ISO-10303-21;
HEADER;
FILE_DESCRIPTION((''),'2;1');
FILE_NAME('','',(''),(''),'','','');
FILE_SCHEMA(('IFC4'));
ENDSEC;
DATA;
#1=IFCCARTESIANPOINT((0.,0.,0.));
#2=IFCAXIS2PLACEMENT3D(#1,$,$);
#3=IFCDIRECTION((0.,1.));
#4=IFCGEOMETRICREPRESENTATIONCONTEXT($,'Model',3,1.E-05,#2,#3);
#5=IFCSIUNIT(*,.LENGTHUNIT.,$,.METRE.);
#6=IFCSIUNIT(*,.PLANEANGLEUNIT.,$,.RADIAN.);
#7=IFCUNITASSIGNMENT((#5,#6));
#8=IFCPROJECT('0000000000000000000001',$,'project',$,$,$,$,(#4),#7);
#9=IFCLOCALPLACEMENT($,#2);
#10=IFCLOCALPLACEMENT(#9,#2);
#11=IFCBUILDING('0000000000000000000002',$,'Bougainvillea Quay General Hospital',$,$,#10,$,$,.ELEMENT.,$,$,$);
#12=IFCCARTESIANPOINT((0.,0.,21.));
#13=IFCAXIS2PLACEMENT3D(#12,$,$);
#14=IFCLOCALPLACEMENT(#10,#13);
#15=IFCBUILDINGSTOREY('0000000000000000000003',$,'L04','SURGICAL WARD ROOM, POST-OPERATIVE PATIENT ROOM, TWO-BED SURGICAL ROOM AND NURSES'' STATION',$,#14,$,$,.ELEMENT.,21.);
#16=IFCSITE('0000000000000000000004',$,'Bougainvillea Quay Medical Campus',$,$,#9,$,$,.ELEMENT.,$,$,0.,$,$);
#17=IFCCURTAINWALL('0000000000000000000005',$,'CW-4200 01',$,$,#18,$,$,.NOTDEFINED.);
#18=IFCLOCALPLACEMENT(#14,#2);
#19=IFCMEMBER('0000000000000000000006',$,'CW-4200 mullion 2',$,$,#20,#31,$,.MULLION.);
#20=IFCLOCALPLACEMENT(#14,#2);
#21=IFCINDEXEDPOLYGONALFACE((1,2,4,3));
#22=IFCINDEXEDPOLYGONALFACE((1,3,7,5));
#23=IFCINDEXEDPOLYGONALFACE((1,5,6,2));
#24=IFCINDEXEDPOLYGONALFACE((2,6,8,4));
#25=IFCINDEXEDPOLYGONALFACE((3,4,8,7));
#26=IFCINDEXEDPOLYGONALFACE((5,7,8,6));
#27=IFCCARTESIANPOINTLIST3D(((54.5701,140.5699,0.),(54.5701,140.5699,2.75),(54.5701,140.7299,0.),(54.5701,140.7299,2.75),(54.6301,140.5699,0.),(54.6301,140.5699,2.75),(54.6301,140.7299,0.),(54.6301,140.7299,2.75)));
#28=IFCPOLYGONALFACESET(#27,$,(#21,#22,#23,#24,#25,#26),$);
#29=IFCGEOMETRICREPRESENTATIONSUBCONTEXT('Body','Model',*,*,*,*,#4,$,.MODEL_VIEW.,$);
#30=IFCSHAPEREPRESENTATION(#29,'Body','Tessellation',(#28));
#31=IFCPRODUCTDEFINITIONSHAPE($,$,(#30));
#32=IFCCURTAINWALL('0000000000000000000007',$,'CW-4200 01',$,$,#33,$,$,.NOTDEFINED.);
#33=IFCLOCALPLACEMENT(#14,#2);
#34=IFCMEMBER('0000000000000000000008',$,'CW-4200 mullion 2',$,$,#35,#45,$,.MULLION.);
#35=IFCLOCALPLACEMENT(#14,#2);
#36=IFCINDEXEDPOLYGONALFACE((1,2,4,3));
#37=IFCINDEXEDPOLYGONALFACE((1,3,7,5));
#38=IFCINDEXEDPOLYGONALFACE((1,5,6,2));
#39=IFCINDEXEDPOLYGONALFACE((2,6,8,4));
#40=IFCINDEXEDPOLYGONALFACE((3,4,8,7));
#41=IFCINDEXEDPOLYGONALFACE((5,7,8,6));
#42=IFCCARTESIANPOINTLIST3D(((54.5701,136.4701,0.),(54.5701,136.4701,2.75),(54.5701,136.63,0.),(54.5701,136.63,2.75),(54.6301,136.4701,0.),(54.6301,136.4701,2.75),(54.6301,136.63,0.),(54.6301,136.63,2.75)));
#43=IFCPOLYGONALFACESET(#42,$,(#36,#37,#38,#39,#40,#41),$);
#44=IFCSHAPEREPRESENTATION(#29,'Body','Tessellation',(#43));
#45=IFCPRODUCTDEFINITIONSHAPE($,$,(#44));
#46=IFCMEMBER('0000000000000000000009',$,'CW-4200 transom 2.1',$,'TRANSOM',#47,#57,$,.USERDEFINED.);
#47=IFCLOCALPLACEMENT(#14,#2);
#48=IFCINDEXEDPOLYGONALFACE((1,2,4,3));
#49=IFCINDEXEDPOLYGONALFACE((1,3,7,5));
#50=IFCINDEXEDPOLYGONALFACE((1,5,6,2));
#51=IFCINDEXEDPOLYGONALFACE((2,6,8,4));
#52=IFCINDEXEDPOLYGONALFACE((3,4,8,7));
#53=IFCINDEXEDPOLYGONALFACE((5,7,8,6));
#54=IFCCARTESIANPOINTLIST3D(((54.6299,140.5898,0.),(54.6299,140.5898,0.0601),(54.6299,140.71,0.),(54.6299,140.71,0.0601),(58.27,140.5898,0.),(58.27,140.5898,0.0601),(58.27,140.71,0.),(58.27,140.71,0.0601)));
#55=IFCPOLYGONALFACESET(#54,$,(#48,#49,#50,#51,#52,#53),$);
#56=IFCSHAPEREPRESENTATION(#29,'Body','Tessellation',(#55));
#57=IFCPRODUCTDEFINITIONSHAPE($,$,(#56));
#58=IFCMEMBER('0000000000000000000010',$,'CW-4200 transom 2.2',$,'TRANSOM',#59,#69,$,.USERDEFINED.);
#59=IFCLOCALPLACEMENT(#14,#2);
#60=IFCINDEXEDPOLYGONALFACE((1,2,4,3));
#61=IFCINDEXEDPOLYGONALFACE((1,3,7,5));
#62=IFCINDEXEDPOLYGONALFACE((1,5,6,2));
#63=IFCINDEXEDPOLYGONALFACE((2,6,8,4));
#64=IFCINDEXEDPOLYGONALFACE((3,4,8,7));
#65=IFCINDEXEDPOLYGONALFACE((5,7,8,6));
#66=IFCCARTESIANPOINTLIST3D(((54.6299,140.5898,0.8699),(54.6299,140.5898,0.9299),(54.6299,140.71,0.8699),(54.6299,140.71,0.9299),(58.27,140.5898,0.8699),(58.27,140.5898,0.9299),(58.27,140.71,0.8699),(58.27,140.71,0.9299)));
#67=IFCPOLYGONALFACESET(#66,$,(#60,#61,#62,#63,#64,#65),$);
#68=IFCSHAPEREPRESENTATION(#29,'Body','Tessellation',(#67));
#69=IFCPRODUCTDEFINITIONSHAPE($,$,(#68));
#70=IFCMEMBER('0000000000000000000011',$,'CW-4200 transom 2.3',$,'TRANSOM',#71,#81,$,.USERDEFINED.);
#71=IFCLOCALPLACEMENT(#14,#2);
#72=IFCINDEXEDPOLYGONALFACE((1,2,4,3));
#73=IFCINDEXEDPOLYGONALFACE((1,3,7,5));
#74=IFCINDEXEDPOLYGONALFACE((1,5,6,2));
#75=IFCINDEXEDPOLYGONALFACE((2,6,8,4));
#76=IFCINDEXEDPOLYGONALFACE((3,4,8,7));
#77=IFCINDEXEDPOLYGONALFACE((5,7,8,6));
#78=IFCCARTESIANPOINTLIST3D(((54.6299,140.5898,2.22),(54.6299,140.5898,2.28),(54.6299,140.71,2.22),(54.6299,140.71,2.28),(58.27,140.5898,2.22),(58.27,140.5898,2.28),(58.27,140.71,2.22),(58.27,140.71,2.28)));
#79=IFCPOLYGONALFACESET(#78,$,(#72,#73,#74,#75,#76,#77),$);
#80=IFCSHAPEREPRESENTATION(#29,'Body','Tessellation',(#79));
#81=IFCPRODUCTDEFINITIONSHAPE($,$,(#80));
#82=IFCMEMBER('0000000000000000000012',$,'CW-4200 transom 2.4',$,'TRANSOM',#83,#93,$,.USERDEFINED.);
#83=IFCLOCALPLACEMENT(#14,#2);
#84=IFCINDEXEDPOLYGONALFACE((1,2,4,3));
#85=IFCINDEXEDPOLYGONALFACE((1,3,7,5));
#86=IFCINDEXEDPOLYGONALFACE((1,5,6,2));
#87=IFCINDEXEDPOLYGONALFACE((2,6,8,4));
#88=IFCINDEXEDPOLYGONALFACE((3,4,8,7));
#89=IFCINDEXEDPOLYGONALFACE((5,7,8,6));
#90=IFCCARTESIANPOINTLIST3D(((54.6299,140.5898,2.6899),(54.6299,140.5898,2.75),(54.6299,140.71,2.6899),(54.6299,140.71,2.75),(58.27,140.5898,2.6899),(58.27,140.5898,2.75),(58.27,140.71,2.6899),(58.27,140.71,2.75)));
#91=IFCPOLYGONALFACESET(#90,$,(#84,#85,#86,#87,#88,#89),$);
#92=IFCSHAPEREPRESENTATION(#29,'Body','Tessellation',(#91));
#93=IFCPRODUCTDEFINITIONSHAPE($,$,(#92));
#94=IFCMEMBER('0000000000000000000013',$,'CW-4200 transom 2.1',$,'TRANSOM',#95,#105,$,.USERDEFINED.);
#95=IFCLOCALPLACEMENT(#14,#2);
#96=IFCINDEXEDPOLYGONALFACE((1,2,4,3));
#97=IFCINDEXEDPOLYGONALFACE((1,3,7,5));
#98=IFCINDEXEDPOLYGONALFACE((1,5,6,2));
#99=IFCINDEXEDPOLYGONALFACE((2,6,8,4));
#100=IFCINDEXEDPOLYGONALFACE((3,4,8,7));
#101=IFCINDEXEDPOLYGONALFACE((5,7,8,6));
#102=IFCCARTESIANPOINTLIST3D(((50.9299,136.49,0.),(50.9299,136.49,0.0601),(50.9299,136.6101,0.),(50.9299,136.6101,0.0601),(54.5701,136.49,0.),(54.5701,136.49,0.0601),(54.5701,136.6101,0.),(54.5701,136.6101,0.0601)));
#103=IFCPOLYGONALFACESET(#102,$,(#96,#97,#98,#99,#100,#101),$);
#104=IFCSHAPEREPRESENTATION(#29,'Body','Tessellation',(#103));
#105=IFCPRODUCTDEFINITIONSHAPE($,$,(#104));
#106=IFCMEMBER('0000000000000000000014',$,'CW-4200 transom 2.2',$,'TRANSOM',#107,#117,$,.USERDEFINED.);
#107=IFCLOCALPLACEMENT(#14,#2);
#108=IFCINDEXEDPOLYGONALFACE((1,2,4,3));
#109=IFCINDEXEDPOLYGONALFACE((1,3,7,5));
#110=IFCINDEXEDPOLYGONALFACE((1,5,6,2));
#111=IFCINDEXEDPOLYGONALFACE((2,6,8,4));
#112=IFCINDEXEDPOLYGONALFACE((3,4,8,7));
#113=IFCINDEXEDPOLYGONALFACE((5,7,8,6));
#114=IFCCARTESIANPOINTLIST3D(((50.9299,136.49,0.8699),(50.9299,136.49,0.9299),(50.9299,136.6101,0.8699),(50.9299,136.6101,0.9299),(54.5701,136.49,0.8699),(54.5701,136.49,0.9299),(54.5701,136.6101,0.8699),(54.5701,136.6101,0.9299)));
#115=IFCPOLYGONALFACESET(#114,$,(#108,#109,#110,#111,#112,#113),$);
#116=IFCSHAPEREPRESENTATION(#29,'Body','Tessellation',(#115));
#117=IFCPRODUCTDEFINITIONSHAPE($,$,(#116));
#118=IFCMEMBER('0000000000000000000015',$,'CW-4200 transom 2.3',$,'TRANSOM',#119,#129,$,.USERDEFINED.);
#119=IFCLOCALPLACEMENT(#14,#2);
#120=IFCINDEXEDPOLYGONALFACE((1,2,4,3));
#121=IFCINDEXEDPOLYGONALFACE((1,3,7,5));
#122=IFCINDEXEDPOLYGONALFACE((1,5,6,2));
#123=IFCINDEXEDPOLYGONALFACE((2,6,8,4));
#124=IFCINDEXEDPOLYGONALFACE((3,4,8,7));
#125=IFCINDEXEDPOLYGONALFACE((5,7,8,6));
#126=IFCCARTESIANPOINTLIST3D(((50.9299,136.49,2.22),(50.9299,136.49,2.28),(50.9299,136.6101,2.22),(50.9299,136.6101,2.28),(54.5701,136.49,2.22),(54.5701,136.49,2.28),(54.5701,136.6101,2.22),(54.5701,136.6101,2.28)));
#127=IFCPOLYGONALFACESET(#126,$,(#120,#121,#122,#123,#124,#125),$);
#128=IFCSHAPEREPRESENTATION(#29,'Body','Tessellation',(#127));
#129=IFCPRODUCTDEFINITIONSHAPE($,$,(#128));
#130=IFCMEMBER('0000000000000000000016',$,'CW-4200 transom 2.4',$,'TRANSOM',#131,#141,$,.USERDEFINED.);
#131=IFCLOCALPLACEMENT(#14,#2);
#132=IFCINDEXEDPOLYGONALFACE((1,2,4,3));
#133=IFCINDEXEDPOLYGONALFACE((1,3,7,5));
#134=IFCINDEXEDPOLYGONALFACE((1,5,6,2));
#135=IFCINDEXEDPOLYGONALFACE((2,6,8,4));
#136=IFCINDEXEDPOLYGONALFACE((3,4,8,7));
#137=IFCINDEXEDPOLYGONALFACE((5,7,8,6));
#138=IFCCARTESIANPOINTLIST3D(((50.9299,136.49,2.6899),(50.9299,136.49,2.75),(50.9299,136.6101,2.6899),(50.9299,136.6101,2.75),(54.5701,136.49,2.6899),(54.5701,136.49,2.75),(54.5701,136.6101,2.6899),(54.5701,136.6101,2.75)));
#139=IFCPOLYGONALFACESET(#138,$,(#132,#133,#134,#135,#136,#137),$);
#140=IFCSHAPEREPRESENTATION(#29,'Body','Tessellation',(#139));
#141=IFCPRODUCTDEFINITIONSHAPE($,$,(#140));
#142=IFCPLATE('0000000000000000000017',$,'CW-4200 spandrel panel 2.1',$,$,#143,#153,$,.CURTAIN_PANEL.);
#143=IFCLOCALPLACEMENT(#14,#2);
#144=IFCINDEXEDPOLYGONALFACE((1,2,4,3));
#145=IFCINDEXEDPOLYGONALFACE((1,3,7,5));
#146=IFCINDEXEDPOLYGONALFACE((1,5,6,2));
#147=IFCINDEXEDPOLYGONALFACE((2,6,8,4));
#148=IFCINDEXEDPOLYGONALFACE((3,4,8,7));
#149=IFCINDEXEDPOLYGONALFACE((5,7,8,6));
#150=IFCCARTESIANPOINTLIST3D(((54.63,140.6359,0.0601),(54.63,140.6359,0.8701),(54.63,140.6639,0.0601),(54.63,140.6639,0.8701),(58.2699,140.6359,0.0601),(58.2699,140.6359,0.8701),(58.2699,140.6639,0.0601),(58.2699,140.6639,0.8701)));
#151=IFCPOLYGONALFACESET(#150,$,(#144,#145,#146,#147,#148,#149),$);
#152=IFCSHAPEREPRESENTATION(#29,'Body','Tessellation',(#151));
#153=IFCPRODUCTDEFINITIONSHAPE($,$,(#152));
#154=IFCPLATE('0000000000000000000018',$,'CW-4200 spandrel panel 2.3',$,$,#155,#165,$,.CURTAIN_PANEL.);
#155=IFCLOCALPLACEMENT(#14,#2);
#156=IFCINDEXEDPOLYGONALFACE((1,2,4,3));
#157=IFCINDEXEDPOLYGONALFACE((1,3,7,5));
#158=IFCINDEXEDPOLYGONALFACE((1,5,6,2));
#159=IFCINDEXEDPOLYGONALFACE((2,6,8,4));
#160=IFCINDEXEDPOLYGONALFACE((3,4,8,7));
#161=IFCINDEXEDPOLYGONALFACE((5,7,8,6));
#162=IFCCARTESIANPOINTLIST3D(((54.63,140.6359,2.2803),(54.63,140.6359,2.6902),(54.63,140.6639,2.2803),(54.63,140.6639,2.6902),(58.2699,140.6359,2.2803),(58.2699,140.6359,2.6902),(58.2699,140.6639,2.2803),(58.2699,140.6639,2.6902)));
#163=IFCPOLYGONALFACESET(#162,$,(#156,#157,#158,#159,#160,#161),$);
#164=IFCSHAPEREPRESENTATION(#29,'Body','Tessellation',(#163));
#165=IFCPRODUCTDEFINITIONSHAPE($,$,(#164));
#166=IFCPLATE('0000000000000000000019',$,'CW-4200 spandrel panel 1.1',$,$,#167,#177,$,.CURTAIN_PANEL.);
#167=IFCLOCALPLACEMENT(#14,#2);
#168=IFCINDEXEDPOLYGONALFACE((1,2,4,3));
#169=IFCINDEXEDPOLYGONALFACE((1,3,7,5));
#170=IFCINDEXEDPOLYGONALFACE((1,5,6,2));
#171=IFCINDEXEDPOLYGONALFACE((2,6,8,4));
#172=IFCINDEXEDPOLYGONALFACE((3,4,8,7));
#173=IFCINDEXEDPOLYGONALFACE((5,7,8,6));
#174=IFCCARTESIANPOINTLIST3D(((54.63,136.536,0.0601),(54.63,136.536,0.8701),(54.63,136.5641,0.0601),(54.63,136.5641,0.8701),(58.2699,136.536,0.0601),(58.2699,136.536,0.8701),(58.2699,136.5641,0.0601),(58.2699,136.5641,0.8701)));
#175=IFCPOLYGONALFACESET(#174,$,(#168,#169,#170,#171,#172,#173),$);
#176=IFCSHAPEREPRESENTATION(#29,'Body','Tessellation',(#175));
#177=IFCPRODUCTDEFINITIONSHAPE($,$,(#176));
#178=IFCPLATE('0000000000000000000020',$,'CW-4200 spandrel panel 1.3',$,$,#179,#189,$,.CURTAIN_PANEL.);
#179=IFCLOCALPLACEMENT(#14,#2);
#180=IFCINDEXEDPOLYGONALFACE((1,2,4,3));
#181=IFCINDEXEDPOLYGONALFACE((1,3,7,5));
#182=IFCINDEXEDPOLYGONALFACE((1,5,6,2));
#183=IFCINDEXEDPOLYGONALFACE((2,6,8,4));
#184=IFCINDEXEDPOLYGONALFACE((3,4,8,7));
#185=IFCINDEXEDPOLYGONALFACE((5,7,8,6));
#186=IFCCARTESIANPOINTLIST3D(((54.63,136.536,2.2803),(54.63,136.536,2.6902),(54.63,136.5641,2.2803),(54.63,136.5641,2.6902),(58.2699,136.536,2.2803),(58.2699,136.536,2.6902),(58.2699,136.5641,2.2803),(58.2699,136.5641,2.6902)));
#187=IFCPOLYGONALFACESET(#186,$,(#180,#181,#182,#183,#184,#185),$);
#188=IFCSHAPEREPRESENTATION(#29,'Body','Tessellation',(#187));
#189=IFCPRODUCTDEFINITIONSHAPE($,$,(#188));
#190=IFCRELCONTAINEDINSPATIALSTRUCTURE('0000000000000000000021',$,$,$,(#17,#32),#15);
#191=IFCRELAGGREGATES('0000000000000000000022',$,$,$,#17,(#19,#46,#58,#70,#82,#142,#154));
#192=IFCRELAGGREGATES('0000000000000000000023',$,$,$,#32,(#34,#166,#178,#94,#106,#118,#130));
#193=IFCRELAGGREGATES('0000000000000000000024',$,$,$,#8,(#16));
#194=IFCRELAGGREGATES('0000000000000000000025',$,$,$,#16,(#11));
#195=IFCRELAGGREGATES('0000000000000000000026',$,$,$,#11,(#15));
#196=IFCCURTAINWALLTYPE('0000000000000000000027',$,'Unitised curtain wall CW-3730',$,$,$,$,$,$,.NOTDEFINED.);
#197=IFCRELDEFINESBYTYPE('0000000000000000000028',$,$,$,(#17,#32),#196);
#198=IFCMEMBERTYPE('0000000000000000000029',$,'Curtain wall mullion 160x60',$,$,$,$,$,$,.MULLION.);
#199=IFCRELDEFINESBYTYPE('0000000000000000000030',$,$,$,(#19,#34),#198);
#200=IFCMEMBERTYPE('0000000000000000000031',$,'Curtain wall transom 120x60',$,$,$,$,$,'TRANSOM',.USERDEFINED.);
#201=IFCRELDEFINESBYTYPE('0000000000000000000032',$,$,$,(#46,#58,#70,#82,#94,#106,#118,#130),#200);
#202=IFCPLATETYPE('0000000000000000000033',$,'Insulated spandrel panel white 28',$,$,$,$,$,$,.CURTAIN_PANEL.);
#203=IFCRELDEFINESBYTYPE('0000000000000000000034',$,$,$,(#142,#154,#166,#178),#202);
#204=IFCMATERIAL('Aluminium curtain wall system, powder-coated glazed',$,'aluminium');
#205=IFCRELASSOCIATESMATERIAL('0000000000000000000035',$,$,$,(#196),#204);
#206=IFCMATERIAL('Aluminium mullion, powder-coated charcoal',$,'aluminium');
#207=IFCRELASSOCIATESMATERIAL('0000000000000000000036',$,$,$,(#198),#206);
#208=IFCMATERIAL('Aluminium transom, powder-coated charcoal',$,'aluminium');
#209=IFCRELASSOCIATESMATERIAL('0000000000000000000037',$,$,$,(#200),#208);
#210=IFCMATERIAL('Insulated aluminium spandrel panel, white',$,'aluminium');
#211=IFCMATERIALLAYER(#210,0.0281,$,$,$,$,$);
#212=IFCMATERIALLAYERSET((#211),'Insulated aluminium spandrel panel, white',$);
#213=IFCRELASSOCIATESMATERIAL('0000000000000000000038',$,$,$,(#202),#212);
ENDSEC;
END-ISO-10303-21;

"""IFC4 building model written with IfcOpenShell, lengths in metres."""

from ifc_helpers import new_model, si_unit, direction, frame, origin, origin_2d, place, context, subcontext, project, spatial, rectangle, extrude, material, layer, layer_set, material_profile, profile_set, type_object, element, aggregate, save


model = new_model("IFC4")

# Units and contexts
model_context = context("Model", 3, precision=1e-05, world=origin(), true_north=direction((0.0, 1.0)))
body_context = subcontext(model_context, "Body", "Model", "MODEL_VIEW")
ifc_project = project(units=[si_unit("LENGTHUNIT", "METRE"), si_unit("PLANEANGLEUNIT", "RADIAN")], contexts=[model_context])

# Site, building, storey
site_placement = place(None, origin())
site = spatial("IfcSite", under=ifc_project, at=site_placement, Name="Bougainvillea Quay Medical Campus", CompositionType="ELEMENT", RefElevation=0.0)
building_placement = place(site_placement, origin())
building = spatial("IfcBuilding", under=site, at=building_placement, Name="Bougainvillea Quay General Hospital", CompositionType="ELEMENT")
storey_placement = place(building_placement, frame((0.0, 0.0, 21.0)))
storey = spatial("IfcBuildingStorey", under=building, at=storey_placement, Name="L04", Description="SURGICAL WARD ROOM, POST-OPERATIVE PATIENT ROOM, TWO-BED SURGICAL ROOM AND NURSES' STATION", CompositionType="ELEMENT", Elevation=21.0)

# Curtain walls, members
ifc_material_1 = material(Name="Aluminium curtain wall system, powder-coated glazed", Category="aluminium")
curtain_wall_type = type_object("IfcCurtainWallType", Name="Unitised curtain wall CW-3730", PredefinedType="NOTDEFINED", material=ifc_material_1)
curtain_wall_1_placement = place(storey_placement, origin())
curtain_wall_1 = element("IfcCurtainWall", 1, at=curtain_wall_1_placement, inside=storey, type_object=curtain_wall_type, Name="CW-4200 01", PredefinedType="NOTDEFINED")
ifc_material_2 = material(Name="Aluminium mullion, powder-coated charcoal", Category="aluminium")
ifc_material_profile_1 = material_profile(ifc_material_2, rectangle(XDim=0.1599, YDim=0.0601, at=origin_2d()))
ifc_profile_set_1 = profile_set([ifc_material_profile_1], Name="Aluminium mullion, powder-coated charcoal")
member_type_1 = type_object("IfcMemberType", Name="Curtain wall mullion 160x60", PredefinedType="MULLION", material=ifc_profile_set_1)
member_1_placement = place(storey_placement, frame((54.6001, 140.6499, 0.0), z_axis=(0.0, 0.0, 1.0), x_axis=(0.0, 1.0, 0.0)))
member_1 = element("IfcMember", 2, at=member_1_placement, type_object=member_type_1, Name="CW-4200 mullion 2", PredefinedType="MULLION", context=body_context, shape_type="SweptSolid", body=[
    extrude(rectangle(XDim=0.1599, YDim=0.0601, at=origin_2d()), origin(), (0.0, 0.0, 1.0), 2.75),
])
curtain_wall_2_placement = place(storey_placement, origin())
curtain_wall_2 = element("IfcCurtainWall", 3, at=curtain_wall_2_placement, inside=storey, type_object=curtain_wall_type, Name="CW-4200 01", PredefinedType="NOTDEFINED")
member_2_placement = place(storey_placement, frame((54.6001, 136.55, 0.0), z_axis=(0.0, 0.0, 1.0), x_axis=(0.0, -1.0, 0.0)))
member_2 = element("IfcMember", 4, at=member_2_placement, type_object=member_type_1, Name="CW-4200 mullion 2", PredefinedType="MULLION", context=body_context, shape_type="SweptSolid", body=[
    extrude(rectangle(XDim=0.1599, YDim=0.0601, at=origin_2d()), origin(), (0.0, 0.0, 1.0), 2.75),
])

# Members
ifc_material_3 = material(Name="Aluminium transom, powder-coated charcoal", Category="aluminium")
ifc_material_profile_2 = material_profile(ifc_material_3, rectangle(XDim=0.1201, YDim=0.0601, at=origin_2d()))
ifc_profile_set_2 = profile_set([ifc_material_profile_2], Name="Aluminium transom, powder-coated charcoal")
member_type_2 = type_object("IfcMemberType", Name="Curtain wall transom 120x60", ElementType="TRANSOM", PredefinedType="USERDEFINED", material=ifc_profile_set_2)
member_3_placement = place(storey_placement, frame((54.6299, 140.6499, 0.03), z_axis=(1.0, 0.0, 0.0), x_axis=(0.0, 1.0, 0.0)))
member_3 = element("IfcMember", 5, at=member_3_placement, type_object=member_type_2, Name="CW-4200 transom 2.1", ObjectType="TRANSOM", PredefinedType="USERDEFINED", context=body_context, shape_type="SweptSolid", body=[
    extrude(rectangle(XDim=0.1201, YDim=0.0601, at=origin_2d()), origin(), (0.0, 0.0, 1.0), 3.6401),
])
member_4_placement = place(storey_placement, frame((54.6299, 140.6499, 0.8999), z_axis=(1.0, 0.0, 0.0), x_axis=(0.0, 1.0, 0.0)))
member_4 = element("IfcMember", 6, at=member_4_placement, type_object=member_type_2, Name="CW-4200 transom 2.2", ObjectType="TRANSOM", PredefinedType="USERDEFINED", context=body_context, shape_type="SweptSolid", body=[
    extrude(rectangle(XDim=0.1201, YDim=0.0601, at=origin_2d()), origin(), (0.0, 0.0, 1.0), 3.6401),
])
member_5_placement = place(storey_placement, frame((54.6299, 140.6499, 2.25), z_axis=(1.0, 0.0, 0.0), x_axis=(0.0, 1.0, 0.0)))
member_5 = element("IfcMember", 7, at=member_5_placement, type_object=member_type_2, Name="CW-4200 transom 2.3", ObjectType="TRANSOM", PredefinedType="USERDEFINED", context=body_context, shape_type="SweptSolid", body=[
    extrude(rectangle(XDim=0.1201, YDim=0.0601, at=origin_2d()), origin(), (0.0, 0.0, 1.0), 3.6401),
])
member_6_placement = place(storey_placement, frame((54.6299, 140.6499, 2.72), z_axis=(1.0, 0.0, 0.0), x_axis=(0.0, 1.0, 0.0)))
member_6 = element("IfcMember", 8, at=member_6_placement, type_object=member_type_2, Name="CW-4200 transom 2.4", ObjectType="TRANSOM", PredefinedType="USERDEFINED", context=body_context, shape_type="SweptSolid", body=[
    extrude(rectangle(XDim=0.1201, YDim=0.0601, at=origin_2d()), origin(), (0.0, 0.0, 1.0), 3.6401),
])
member_7_placement = place(storey_placement, frame((54.5701, 136.55, 0.03), z_axis=(-1.0, 0.0, 0.0), x_axis=(0.0, -1.0, 0.0)))
member_7 = element("IfcMember", 9, at=member_7_placement, type_object=member_type_2, Name="CW-4200 transom 2.1", ObjectType="TRANSOM", PredefinedType="USERDEFINED", context=body_context, shape_type="SweptSolid", body=[
    extrude(rectangle(XDim=0.1201, YDim=0.0601, at=origin_2d()), origin(), (0.0, 0.0, 1.0), 3.6401),
])
member_8_placement = place(storey_placement, frame((54.5701, 136.55, 0.8999), z_axis=(-1.0, 0.0, 0.0), x_axis=(0.0, -1.0, 0.0)))
member_8 = element("IfcMember", 10, at=member_8_placement, type_object=member_type_2, Name="CW-4200 transom 2.2", ObjectType="TRANSOM", PredefinedType="USERDEFINED", context=body_context, shape_type="SweptSolid", body=[
    extrude(rectangle(XDim=0.1201, YDim=0.0601, at=origin_2d()), origin(), (0.0, 0.0, 1.0), 3.6401),
])
member_9_placement = place(storey_placement, frame((54.5701, 136.55, 2.25), z_axis=(-1.0, 0.0, 0.0), x_axis=(0.0, -1.0, 0.0)))
member_9 = element("IfcMember", 11, at=member_9_placement, type_object=member_type_2, Name="CW-4200 transom 2.3", ObjectType="TRANSOM", PredefinedType="USERDEFINED", context=body_context, shape_type="SweptSolid", body=[
    extrude(rectangle(XDim=0.1201, YDim=0.0601, at=origin_2d()), origin(), (0.0, 0.0, 1.0), 3.6401),
])
member_10_placement = place(storey_placement, frame((54.5701, 136.55, 2.72), z_axis=(-1.0, 0.0, 0.0), x_axis=(0.0, -1.0, 0.0)))
member_10 = element("IfcMember", 12, at=member_10_placement, type_object=member_type_2, Name="CW-4200 transom 2.4", ObjectType="TRANSOM", PredefinedType="USERDEFINED", context=body_context, shape_type="SweptSolid", body=[
    extrude(rectangle(XDim=0.1201, YDim=0.0601, at=origin_2d()), origin(), (0.0, 0.0, 1.0), 3.6401),
])

# Plates
ifc_material_4 = material(Name="Insulated aluminium spandrel panel, white", Category="aluminium")
ifc_layer_1 = layer(ifc_material_4, 0.0281)
ifc_layer_set_1 = layer_set([ifc_layer_1], Name="Insulated aluminium spandrel panel, white")
plate_type_1 = type_object("IfcPlateType", Name="Insulated spandrel panel white 28", PredefinedType="CURTAIN_PANEL", material=ifc_layer_set_1)
plate_1_placement = place(storey_placement, frame((56.45, 140.6499, 0.0601), z_axis=(0.0, 0.0, 1.0), x_axis=(1.0, 0.0, 0.0)))
plate_1 = element("IfcPlate", 13, at=plate_1_placement, type_object=plate_type_1, Name="CW-4200 spandrel panel 2.1", PredefinedType="CURTAIN_PANEL", context=body_context, shape_type="SweptSolid", body=[
    extrude(rectangle(XDim=3.6399, YDim=0.0281, at=origin_2d()), origin(), (0.0, 0.0, 1.0), 0.8101),
])
plate_2_placement = place(storey_placement, frame((56.45, 140.6499, 2.2803), z_axis=(0.0, 0.0, 1.0), x_axis=(1.0, 0.0, 0.0)))
plate_2 = element("IfcPlate", 14, at=plate_2_placement, type_object=plate_type_1, Name="CW-4200 spandrel panel 2.3", PredefinedType="CURTAIN_PANEL", context=body_context, shape_type="SweptSolid", body=[
    extrude(rectangle(XDim=3.6399, YDim=0.0281, at=origin_2d()), origin(), (0.0, 0.0, 1.0), 0.4099),
])
plate_3_placement = place(storey_placement, frame((56.45, 136.55, 0.0601), z_axis=(0.0, 0.0, 1.0), x_axis=(-1.0, 0.0, 0.0)))
plate_3 = element("IfcPlate", 15, at=plate_3_placement, type_object=plate_type_1, Name="CW-4200 spandrel panel 1.1", PredefinedType="CURTAIN_PANEL", context=body_context, shape_type="SweptSolid", body=[
    extrude(rectangle(XDim=3.6399, YDim=0.0281, at=origin_2d()), origin(), (0.0, 0.0, 1.0), 0.8101),
])
plate_4_placement = place(storey_placement, frame((56.45, 136.55, 2.2803), z_axis=(0.0, 0.0, 1.0), x_axis=(-1.0, 0.0, 0.0)))
plate_4 = element("IfcPlate", 16, at=plate_4_placement, type_object=plate_type_1, Name="CW-4200 spandrel panel 1.3", PredefinedType="CURTAIN_PANEL", context=body_context, shape_type="SweptSolid", body=[
    extrude(rectangle(XDim=3.6399, YDim=0.0281, at=origin_2d()), origin(), (0.0, 0.0, 1.0), 0.4099),
])
aggregate(curtain_wall_1, [member_1, member_3, member_4, member_5, member_6, plate_1, plate_2])
aggregate(curtain_wall_2, [member_2, plate_3, plate_4, member_7, member_8, member_9, member_10])

save(model, "model.ifc")
